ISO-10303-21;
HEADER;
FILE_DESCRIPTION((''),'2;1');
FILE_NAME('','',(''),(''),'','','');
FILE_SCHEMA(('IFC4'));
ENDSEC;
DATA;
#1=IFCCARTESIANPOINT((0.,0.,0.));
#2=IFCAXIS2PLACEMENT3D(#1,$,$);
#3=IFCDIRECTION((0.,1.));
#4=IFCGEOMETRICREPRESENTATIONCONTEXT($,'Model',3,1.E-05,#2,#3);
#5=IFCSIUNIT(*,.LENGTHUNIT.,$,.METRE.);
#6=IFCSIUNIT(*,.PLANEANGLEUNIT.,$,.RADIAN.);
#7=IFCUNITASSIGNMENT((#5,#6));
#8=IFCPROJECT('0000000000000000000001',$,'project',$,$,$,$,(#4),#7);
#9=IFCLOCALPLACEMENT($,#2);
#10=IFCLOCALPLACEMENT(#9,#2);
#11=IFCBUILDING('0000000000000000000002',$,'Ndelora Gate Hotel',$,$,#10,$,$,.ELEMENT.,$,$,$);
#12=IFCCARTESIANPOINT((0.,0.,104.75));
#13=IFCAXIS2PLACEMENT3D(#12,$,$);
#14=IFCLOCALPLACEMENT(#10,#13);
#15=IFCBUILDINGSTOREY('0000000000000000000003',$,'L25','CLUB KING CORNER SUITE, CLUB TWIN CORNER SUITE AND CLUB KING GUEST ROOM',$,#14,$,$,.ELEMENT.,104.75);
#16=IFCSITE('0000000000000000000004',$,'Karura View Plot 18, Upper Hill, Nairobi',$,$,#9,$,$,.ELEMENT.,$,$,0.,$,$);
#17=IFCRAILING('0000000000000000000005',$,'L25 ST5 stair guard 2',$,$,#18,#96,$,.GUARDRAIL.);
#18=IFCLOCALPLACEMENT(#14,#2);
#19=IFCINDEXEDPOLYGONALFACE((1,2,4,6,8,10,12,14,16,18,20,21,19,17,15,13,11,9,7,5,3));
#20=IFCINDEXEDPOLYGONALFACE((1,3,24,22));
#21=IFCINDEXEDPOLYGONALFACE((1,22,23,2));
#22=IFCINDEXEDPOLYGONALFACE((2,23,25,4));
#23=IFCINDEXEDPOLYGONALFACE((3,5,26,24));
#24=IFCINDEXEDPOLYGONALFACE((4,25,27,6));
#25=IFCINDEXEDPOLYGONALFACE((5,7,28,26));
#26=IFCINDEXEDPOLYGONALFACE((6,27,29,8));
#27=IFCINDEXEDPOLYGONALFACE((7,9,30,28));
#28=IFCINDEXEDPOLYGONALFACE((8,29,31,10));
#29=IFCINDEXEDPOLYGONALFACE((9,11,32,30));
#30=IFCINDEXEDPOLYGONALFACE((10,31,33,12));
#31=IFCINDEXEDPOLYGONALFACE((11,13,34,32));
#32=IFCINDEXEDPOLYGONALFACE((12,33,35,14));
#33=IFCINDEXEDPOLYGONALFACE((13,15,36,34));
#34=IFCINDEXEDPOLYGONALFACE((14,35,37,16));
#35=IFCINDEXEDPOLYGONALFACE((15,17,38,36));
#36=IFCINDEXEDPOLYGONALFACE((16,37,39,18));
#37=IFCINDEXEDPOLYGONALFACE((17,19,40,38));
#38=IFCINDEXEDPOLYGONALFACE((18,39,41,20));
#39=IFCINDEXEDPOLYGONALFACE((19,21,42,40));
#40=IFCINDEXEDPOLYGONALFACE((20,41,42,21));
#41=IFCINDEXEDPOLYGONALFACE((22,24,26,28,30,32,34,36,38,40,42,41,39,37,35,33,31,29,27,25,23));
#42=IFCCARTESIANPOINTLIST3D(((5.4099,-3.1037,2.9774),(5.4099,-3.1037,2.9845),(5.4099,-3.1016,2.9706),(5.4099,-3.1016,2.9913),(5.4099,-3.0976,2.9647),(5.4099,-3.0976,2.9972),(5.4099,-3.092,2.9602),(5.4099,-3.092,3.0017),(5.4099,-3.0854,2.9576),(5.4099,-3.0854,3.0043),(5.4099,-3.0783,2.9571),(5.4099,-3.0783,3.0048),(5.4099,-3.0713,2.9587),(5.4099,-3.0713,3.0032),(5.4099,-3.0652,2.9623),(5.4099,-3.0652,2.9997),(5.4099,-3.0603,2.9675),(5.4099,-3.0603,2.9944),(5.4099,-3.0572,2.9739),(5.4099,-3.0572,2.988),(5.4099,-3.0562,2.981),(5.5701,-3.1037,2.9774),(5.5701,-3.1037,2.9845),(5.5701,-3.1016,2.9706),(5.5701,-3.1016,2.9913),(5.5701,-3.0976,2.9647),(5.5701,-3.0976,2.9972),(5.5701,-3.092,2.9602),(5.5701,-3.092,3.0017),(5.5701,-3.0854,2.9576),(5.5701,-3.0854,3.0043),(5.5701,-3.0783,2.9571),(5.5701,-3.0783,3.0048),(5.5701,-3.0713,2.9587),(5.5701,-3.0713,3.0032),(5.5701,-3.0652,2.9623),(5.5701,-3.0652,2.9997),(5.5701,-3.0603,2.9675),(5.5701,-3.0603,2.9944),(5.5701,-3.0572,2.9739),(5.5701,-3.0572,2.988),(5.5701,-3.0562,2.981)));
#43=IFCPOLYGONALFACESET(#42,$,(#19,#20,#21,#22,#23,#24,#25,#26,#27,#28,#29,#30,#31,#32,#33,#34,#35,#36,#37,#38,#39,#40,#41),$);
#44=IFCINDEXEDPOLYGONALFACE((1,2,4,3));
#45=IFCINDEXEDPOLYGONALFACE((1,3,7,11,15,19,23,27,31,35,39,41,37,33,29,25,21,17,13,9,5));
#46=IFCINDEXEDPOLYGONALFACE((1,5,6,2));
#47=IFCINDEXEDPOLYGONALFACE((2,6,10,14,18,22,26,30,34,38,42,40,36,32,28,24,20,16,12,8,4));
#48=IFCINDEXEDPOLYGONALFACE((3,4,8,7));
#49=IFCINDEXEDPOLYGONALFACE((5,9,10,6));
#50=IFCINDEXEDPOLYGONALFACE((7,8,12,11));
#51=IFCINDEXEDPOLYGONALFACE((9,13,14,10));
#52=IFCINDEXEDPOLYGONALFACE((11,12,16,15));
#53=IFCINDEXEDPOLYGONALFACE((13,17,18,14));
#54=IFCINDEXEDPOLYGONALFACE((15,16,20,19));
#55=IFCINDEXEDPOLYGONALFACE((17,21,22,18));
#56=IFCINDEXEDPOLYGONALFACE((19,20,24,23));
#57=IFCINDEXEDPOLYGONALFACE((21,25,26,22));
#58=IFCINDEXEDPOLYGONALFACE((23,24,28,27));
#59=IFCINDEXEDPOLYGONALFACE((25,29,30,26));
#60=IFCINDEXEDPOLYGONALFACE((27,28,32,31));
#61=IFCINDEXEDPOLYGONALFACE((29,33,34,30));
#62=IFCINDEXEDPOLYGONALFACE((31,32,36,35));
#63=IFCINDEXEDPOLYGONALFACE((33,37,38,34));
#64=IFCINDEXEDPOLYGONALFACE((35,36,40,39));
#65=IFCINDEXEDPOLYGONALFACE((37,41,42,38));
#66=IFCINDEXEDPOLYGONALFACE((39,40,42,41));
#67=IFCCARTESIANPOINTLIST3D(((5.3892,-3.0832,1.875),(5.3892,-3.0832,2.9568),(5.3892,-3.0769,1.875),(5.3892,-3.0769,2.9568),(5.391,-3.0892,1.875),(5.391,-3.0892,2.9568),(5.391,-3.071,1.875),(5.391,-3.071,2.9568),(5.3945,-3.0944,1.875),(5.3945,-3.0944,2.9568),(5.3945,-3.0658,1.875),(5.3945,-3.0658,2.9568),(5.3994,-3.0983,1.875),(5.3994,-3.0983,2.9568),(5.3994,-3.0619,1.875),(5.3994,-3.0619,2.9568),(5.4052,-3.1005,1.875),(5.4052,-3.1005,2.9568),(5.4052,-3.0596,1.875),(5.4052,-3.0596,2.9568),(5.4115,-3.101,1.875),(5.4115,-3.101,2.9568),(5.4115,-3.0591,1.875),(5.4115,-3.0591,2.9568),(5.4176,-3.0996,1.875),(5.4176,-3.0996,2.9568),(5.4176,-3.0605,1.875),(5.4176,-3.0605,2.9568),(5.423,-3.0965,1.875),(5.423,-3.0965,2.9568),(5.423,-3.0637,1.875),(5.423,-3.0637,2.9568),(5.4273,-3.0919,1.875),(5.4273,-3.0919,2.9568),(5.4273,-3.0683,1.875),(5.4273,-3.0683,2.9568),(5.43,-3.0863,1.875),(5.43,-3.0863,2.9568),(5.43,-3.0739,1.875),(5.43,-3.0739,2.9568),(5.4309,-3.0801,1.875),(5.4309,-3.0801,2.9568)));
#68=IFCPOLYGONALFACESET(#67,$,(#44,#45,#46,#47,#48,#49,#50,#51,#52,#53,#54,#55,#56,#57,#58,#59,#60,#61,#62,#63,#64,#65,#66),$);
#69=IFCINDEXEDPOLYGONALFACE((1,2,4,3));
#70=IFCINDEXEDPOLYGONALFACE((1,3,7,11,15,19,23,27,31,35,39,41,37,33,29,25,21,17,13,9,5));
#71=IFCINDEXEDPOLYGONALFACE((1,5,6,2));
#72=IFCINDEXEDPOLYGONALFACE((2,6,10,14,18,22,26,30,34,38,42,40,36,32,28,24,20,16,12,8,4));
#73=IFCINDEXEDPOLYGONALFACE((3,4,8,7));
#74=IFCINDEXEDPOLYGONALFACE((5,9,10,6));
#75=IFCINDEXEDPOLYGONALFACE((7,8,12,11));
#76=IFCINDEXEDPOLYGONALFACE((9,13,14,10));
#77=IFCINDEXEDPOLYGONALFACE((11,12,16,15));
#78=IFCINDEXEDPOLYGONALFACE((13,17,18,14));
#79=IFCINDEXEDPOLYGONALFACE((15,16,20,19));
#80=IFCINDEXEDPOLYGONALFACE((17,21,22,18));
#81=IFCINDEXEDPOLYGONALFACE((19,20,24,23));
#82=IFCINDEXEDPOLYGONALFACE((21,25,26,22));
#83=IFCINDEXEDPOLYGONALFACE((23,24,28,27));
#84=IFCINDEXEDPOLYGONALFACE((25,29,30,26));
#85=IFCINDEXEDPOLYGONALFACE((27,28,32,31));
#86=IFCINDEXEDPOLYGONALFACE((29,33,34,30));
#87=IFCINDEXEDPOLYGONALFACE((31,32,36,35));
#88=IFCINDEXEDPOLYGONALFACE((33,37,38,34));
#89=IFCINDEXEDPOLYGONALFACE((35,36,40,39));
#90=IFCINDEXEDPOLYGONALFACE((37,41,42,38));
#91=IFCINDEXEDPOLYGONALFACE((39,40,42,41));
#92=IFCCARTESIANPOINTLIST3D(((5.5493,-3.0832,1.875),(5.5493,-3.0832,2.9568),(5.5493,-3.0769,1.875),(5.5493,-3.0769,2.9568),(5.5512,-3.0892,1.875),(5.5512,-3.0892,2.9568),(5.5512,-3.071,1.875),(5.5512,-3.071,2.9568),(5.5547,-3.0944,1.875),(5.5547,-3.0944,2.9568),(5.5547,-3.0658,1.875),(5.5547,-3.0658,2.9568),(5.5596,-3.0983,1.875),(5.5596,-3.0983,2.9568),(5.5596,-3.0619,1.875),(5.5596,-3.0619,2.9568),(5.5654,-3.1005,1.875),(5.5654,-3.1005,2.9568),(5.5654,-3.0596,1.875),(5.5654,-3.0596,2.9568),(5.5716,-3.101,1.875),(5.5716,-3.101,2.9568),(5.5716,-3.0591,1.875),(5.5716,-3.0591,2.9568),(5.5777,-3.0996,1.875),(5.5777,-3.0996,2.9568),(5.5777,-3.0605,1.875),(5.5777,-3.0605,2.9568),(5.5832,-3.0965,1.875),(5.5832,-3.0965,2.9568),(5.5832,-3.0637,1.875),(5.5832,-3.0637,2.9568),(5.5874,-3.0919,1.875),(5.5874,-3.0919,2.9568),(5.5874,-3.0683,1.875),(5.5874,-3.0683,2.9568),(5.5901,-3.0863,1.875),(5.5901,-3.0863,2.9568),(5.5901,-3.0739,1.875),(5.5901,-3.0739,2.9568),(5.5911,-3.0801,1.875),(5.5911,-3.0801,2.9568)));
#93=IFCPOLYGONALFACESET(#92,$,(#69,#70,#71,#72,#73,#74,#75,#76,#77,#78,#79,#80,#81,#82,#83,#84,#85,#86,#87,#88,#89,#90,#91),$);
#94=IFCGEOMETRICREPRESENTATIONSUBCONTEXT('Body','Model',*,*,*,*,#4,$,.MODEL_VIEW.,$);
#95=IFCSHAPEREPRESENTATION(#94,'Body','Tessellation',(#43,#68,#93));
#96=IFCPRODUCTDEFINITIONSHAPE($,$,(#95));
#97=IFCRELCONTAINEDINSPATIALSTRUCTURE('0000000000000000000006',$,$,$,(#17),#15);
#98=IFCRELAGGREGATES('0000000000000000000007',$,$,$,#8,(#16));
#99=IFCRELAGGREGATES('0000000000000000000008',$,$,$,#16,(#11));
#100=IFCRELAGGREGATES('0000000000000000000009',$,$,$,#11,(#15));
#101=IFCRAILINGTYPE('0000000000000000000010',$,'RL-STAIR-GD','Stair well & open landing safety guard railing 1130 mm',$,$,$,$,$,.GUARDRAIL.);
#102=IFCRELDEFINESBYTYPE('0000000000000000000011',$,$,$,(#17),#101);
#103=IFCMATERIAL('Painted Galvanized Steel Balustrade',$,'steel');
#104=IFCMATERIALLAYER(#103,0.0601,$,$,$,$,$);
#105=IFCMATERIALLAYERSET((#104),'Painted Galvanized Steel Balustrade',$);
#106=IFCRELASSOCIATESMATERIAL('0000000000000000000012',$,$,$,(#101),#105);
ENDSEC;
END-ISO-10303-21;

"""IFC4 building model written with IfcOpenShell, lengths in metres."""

from ifc_helpers import new_model, si_unit, direction, frame, origin, origin_2d, place, context, subcontext, project, spatial, circle, extrude, material, layer, layer_set, type_object, element, save


model = new_model("IFC4")

# Units and contexts
model_context = context("Model", 3, precision=1e-05, world=origin(), true_north=direction((0.0, 1.0)))
body_context = subcontext(model_context, "Body", "Model", "MODEL_VIEW")
ifc_project = project(units=[si_unit("LENGTHUNIT", "METRE"), si_unit("PLANEANGLEUNIT", "RADIAN")], contexts=[model_context])

# Site, building, storey
site_placement = place(None, origin())
site = spatial("IfcSite", under=ifc_project, at=site_placement, Name="Karura View Plot 18, Upper Hill, Nairobi", CompositionType="ELEMENT", RefElevation=0.0)
building_placement = place(site_placement, origin())
building = spatial("IfcBuilding", under=site, at=building_placement, Name="Ndelora Gate Hotel", CompositionType="ELEMENT")
storey_placement = place(building_placement, frame((0.0, 0.0, 104.75)))
storey = spatial("IfcBuildingStorey", under=building, at=storey_placement, Name="L25", Description="CLUB KING CORNER SUITE, CLUB TWIN CORNER SUITE AND CLUB KING GUEST ROOM", CompositionType="ELEMENT", Elevation=104.75)

# Railing
ifc_material_1 = material(Name="Painted Galvanized Steel Balustrade", Category="steel")
ifc_layer_1 = layer(ifc_material_1, 0.0601)
ifc_layer_set_1 = layer_set([ifc_layer_1], Name="Painted Galvanized Steel Balustrade")
railing_type_1 = type_object("IfcRailingType", Name="RL-STAIR-GD", Description="Stair well & open landing safety guard railing 1130 mm", PredefinedType="GUARDRAIL", material=ifc_layer_set_1)
railing_1_placement = place(storey_placement, frame((5.4099, -3.0801, 1.875)))
element("IfcRailing", 1, at=railing_1_placement, inside=storey, type_object=railing_type_1, Name="L25 ST5 stair guard 2", PredefinedType="GUARDRAIL", context=body_context, shape_type="SweptSolid", body=[
    extrude(circle(Radius=0.0239, at=origin_2d()), frame((0.0, 0.0, 1.106), z_axis=(1.0, 0.0, 0.0), x_axis=(0.0, 1.0, 0.0)), (0.0, 0.0, 1.0), 0.1602),
    extrude(circle(Radius=0.021, at=origin_2d()), origin(), (0.0, 0.0, 1.0), 1.0818),
    extrude(circle(Radius=0.021, at=origin_2d()), frame((0.1602, 0.0, 0.0)), (0.0, 0.0, 1.0), 1.0818),
])

save(model, "model.ifc")
